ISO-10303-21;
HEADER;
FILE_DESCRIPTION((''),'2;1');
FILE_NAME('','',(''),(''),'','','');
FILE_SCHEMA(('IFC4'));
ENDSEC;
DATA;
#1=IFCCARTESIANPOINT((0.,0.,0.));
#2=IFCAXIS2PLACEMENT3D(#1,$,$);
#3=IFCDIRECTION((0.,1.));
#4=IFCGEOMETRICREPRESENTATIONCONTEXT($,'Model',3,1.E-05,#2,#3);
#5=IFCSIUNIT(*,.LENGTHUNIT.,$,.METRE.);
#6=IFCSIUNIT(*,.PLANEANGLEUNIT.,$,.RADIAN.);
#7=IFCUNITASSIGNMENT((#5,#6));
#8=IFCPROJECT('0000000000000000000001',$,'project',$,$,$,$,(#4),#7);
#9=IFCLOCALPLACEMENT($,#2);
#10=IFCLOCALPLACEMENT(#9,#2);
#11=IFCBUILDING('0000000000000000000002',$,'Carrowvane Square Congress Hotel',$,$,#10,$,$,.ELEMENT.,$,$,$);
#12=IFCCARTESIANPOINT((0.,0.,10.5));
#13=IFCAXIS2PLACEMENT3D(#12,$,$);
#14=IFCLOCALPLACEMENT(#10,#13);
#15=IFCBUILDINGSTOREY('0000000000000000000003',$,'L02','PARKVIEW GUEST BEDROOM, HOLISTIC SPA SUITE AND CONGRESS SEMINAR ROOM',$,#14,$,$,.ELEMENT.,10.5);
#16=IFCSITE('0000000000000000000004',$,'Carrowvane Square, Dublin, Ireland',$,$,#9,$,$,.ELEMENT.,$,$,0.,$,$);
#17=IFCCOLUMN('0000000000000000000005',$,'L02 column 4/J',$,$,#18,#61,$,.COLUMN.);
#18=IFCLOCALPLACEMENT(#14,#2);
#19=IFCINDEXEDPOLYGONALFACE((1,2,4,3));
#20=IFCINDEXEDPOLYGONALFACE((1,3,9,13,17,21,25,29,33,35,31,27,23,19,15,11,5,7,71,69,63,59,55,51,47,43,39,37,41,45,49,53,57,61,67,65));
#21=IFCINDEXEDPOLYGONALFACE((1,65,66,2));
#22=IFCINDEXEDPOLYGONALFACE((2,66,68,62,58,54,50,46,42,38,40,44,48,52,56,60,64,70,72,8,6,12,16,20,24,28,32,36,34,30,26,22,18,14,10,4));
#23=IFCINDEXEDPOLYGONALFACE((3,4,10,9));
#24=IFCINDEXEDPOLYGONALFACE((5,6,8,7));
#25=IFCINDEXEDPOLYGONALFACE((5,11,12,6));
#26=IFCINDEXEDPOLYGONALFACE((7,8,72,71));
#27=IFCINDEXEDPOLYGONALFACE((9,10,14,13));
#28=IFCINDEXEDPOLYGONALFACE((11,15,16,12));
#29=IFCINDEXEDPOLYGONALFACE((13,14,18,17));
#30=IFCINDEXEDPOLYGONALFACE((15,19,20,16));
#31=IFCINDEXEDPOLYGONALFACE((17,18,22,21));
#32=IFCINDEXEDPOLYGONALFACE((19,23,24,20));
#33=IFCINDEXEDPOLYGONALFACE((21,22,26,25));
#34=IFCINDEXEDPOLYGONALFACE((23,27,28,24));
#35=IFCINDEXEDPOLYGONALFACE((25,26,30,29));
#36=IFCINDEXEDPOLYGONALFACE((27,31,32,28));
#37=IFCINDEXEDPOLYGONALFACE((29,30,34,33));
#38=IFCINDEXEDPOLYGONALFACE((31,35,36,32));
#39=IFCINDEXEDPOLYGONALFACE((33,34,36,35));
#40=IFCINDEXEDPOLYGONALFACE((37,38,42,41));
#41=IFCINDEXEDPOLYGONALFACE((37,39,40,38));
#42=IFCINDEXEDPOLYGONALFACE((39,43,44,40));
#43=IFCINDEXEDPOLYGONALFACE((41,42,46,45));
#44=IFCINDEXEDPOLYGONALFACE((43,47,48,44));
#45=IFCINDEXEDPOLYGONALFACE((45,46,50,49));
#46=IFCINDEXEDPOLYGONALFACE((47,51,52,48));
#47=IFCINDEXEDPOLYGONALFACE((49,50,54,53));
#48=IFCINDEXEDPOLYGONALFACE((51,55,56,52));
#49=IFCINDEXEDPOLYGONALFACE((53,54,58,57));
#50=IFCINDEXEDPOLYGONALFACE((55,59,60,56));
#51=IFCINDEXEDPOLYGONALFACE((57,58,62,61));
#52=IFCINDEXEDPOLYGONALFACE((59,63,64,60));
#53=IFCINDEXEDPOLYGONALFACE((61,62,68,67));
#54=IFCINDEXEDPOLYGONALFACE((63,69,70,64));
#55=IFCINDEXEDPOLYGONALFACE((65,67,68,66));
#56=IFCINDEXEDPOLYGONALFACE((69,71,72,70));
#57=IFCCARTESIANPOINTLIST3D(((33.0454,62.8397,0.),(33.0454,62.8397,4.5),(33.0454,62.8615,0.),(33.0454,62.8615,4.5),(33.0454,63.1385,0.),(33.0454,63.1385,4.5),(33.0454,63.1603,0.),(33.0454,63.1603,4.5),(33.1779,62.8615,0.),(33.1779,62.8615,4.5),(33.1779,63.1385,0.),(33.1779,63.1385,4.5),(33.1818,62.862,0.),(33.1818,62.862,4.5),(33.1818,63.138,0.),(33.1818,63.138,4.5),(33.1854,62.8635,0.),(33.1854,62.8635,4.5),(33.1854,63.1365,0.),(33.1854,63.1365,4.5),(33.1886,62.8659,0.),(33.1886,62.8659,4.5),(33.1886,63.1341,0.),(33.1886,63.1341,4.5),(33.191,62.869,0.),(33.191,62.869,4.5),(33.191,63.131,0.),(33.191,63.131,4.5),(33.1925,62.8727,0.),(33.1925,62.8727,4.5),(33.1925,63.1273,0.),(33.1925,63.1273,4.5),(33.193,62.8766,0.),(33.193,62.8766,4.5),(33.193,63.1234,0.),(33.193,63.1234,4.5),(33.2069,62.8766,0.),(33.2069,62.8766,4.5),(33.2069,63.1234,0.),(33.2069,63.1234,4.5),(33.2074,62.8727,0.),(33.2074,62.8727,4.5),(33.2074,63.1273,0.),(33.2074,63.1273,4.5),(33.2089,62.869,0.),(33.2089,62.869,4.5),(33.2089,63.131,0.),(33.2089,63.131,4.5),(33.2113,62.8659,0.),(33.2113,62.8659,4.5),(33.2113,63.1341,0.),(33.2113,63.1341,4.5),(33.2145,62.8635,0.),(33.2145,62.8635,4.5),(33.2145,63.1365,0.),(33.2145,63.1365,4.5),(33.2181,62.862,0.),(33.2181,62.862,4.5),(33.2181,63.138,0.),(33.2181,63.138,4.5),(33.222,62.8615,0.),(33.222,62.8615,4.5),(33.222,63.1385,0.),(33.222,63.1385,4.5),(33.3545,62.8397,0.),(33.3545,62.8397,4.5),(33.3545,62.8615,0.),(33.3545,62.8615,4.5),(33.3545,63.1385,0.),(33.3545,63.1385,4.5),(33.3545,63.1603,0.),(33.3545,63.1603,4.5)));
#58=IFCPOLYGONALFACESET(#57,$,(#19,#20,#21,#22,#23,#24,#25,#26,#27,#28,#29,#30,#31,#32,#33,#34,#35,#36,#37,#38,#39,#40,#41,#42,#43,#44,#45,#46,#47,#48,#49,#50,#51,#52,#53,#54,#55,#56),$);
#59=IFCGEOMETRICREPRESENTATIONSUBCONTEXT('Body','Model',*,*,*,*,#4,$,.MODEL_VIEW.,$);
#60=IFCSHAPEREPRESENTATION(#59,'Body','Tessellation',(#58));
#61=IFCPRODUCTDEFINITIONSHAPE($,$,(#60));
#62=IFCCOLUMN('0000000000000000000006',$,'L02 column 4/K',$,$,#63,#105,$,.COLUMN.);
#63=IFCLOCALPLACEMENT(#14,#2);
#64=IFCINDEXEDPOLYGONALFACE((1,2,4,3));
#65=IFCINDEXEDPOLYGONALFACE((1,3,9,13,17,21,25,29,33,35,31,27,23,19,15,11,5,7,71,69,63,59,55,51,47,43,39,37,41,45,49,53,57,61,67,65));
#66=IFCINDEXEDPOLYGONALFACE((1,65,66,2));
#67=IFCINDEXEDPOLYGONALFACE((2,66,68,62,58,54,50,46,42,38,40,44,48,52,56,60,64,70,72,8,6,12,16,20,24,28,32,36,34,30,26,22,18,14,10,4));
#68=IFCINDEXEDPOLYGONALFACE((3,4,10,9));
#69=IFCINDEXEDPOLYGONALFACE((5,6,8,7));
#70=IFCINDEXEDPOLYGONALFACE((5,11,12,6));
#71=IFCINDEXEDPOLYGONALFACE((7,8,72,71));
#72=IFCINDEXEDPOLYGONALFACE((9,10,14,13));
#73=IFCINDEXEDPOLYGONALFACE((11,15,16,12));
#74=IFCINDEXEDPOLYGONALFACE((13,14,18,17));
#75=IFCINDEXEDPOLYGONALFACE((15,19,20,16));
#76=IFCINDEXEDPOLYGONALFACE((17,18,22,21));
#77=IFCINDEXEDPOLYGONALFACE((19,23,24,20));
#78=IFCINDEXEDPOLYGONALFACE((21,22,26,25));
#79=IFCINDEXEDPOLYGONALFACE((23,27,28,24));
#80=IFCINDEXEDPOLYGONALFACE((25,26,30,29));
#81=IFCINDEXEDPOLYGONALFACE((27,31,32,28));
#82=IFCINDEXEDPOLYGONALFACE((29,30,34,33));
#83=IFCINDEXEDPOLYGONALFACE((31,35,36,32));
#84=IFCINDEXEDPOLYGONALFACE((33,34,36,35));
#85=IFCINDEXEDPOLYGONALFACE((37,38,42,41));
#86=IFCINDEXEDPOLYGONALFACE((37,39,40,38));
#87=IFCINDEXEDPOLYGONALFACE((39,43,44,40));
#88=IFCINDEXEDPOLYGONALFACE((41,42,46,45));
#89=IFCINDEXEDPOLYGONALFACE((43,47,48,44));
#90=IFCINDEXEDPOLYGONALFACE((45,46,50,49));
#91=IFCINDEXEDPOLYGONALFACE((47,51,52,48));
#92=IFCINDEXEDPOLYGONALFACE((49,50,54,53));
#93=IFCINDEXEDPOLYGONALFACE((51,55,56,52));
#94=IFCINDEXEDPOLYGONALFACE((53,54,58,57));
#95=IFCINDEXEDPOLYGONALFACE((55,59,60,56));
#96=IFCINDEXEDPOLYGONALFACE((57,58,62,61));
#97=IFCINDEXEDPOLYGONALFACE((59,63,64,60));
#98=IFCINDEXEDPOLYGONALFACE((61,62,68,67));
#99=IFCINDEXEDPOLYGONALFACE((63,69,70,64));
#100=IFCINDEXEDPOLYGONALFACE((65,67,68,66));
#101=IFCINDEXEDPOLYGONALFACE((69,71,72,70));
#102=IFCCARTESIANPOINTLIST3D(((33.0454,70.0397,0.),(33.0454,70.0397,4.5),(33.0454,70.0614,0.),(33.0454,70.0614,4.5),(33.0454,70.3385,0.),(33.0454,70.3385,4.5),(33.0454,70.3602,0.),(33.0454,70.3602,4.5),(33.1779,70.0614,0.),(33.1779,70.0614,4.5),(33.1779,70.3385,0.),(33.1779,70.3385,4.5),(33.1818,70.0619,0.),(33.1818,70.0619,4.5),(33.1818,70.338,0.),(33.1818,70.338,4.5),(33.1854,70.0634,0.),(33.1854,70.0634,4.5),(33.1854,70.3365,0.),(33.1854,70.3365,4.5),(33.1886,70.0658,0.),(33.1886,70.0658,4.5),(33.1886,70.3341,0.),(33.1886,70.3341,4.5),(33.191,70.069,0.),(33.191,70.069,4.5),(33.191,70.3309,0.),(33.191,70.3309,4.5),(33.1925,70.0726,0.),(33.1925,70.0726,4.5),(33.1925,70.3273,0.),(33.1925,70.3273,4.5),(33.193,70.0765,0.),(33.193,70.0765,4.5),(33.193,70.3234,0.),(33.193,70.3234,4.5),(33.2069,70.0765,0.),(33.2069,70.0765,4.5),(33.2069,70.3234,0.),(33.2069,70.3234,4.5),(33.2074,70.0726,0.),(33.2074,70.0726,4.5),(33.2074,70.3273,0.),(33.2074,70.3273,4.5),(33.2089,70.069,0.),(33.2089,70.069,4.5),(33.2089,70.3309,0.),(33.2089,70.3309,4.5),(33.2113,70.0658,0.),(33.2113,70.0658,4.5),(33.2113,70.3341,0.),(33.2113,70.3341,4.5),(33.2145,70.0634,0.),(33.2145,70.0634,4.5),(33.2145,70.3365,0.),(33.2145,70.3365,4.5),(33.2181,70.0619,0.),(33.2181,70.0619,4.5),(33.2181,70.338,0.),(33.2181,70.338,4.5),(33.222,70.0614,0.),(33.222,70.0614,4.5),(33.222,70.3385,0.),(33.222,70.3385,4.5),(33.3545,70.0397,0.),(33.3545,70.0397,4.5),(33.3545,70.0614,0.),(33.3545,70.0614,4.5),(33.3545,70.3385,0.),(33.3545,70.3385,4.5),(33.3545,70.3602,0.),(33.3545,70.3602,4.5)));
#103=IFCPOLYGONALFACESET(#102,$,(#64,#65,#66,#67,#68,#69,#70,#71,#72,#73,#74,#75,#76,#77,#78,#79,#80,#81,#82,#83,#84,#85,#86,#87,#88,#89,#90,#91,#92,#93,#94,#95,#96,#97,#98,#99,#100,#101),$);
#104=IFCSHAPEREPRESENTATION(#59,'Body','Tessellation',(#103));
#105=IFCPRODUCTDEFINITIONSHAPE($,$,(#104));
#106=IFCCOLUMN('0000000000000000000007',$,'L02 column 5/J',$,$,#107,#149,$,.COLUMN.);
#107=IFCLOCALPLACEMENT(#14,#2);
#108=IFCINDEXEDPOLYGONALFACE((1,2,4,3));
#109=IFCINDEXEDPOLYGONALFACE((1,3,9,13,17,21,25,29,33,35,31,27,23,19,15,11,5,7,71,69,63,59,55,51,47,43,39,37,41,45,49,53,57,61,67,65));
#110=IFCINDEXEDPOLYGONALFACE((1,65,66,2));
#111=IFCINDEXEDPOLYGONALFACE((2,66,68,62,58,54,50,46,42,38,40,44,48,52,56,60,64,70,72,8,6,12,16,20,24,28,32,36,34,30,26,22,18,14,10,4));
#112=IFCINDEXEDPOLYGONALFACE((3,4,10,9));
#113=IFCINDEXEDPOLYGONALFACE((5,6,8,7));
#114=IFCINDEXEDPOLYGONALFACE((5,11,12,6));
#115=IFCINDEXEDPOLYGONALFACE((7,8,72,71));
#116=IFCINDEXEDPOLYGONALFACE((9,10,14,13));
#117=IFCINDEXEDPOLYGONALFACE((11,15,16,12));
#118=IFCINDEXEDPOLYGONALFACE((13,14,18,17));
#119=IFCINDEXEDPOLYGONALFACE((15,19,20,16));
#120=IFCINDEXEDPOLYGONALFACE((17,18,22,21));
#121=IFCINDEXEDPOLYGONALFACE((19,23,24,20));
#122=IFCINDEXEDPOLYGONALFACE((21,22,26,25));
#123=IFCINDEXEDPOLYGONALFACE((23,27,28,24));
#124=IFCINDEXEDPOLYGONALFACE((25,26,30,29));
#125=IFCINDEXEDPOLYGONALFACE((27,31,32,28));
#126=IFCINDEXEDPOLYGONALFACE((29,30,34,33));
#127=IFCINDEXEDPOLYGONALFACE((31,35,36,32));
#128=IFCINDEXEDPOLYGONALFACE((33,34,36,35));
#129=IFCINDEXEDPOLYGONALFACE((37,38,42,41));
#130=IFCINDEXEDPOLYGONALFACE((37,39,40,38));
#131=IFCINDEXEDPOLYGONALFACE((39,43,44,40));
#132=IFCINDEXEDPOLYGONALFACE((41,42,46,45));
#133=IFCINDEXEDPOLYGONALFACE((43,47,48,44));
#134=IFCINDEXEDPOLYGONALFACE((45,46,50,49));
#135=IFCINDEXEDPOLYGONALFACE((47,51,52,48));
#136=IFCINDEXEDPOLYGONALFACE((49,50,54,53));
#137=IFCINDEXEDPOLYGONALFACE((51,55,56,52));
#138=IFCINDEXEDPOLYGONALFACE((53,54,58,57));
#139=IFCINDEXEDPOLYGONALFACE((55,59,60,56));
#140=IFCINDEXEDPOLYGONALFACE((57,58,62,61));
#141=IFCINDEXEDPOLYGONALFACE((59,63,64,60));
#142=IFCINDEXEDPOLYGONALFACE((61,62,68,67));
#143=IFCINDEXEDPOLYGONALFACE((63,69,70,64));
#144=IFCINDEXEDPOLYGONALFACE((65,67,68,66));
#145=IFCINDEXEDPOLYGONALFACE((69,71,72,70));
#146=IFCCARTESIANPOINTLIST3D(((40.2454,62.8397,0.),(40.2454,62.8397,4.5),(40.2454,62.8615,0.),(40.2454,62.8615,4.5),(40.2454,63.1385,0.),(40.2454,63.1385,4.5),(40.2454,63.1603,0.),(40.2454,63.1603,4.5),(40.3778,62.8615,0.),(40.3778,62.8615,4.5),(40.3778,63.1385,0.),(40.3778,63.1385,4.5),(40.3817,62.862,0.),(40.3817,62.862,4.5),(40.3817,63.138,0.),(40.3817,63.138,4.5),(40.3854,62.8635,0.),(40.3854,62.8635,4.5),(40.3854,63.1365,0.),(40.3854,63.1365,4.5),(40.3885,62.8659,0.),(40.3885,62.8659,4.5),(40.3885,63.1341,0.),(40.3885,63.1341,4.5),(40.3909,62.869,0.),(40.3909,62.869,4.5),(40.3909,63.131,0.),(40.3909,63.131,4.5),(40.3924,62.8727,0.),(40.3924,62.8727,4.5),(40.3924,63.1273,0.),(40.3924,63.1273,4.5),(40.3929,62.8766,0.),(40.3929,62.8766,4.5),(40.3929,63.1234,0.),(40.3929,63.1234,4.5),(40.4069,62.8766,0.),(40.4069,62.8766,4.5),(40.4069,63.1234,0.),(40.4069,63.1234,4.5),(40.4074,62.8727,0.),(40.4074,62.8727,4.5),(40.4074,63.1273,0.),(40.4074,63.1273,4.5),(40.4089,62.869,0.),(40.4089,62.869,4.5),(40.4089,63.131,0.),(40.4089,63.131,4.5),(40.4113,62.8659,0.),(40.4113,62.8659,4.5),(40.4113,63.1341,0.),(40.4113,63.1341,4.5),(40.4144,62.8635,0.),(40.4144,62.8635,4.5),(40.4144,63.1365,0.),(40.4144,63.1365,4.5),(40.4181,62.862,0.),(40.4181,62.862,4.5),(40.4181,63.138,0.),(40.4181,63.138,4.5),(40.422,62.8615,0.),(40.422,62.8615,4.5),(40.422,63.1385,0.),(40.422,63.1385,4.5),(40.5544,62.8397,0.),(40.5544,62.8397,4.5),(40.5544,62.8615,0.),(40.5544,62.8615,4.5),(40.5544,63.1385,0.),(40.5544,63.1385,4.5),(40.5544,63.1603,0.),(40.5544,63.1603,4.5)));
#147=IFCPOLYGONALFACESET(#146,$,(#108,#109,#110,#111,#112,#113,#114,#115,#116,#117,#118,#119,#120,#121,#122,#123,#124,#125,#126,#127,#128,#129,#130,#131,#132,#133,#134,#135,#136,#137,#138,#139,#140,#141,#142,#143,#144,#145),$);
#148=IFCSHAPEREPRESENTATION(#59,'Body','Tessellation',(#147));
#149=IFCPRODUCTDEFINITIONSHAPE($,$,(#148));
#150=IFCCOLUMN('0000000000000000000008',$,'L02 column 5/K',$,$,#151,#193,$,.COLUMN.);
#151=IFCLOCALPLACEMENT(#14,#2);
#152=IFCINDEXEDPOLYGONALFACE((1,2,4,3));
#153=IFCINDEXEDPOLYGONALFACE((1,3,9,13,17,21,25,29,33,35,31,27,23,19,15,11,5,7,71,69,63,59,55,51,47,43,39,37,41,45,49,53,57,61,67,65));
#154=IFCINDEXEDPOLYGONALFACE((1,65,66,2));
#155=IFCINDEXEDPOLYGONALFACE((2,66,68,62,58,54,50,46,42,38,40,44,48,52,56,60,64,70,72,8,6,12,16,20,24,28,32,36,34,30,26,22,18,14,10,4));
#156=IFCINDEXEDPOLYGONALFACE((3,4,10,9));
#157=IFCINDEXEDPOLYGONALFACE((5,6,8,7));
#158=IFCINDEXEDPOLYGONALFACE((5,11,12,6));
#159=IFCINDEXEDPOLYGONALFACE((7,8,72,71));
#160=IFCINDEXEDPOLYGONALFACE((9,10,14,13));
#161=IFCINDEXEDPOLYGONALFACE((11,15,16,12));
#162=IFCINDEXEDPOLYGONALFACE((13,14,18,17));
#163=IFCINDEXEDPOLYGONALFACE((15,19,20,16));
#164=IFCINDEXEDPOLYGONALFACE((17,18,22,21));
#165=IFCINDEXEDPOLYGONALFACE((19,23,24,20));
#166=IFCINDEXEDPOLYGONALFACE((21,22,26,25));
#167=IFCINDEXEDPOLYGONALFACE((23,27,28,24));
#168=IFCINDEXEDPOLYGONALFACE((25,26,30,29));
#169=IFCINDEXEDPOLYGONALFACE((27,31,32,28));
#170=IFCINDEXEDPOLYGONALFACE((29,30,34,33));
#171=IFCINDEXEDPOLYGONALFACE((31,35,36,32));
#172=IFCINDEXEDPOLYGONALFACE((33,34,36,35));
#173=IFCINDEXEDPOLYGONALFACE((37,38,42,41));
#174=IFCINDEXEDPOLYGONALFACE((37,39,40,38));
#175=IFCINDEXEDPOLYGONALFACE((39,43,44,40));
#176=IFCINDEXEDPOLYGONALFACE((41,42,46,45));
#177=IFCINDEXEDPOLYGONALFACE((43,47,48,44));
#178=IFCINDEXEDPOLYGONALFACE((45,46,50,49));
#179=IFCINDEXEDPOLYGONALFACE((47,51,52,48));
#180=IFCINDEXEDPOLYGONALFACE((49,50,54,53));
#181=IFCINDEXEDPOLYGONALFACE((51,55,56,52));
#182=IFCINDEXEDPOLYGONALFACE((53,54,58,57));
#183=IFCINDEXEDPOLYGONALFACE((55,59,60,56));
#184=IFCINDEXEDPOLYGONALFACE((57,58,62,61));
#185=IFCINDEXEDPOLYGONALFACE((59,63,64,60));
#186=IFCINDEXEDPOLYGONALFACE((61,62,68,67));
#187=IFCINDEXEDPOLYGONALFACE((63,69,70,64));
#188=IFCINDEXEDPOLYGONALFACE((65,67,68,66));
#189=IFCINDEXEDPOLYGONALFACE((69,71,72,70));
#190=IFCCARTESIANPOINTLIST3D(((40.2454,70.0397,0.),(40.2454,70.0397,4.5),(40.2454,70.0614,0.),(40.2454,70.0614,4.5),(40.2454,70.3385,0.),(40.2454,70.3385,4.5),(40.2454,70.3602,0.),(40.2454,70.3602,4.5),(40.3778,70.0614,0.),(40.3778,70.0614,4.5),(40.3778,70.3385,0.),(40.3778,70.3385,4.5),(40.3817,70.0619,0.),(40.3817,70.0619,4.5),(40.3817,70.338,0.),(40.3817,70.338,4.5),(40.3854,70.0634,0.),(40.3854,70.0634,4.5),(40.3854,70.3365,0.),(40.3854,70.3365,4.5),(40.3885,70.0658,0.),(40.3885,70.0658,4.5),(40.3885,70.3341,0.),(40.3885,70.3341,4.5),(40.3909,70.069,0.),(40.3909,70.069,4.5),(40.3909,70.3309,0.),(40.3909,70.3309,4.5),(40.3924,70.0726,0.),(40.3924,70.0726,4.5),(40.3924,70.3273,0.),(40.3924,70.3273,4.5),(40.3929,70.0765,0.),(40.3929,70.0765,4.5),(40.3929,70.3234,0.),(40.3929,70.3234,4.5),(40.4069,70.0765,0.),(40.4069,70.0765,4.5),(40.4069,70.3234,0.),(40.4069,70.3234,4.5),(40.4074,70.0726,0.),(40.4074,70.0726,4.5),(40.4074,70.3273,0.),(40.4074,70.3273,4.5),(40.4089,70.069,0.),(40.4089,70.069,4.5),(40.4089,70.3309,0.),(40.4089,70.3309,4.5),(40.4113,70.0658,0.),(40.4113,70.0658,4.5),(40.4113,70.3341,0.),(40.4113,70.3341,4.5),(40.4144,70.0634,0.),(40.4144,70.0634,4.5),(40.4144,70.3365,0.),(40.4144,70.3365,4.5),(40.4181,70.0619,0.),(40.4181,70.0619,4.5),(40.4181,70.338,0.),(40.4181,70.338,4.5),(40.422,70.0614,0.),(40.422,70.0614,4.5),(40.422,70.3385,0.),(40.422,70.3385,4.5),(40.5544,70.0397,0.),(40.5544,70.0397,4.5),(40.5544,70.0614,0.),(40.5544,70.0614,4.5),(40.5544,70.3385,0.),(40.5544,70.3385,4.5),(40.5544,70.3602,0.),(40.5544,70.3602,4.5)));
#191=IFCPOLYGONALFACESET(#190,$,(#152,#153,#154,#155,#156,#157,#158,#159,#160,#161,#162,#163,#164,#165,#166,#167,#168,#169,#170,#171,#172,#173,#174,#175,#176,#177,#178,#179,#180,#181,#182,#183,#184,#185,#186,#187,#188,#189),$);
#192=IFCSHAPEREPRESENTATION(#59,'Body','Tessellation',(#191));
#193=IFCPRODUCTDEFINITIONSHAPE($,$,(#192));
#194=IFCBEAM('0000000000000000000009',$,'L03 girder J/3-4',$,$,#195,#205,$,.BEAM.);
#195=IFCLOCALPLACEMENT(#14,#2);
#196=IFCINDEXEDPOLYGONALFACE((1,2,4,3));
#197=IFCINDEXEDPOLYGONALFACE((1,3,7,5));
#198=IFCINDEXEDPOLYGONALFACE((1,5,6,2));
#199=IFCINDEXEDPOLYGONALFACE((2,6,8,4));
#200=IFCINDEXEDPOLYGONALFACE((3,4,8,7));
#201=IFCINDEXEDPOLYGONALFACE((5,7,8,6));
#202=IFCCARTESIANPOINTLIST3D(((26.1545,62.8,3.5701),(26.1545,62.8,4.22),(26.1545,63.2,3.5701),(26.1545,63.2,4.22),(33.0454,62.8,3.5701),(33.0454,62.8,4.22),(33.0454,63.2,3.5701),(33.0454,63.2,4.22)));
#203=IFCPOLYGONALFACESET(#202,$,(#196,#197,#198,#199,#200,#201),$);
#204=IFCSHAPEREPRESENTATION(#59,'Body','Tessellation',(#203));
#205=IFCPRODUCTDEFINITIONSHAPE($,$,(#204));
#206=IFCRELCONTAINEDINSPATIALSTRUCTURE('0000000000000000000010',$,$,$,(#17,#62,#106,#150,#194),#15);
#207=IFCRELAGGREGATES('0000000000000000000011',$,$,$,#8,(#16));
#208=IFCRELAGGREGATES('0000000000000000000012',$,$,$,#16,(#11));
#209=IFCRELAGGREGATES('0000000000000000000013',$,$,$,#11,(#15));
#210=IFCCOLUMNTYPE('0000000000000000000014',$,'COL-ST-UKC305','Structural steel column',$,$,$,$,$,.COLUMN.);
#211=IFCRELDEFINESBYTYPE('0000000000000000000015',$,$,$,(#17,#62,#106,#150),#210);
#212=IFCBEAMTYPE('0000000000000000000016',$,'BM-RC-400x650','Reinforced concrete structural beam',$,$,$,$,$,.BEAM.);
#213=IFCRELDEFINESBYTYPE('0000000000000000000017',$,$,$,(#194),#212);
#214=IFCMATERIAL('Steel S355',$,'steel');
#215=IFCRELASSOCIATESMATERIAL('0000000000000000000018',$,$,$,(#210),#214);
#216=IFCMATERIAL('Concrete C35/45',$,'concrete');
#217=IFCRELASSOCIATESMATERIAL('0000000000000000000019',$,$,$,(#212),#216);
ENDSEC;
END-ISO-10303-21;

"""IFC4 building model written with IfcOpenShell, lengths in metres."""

from ifc_helpers import new_model, si_unit, direction, frame, origin, origin_2d, place, context, subcontext, project, spatial, rectangle, i_section, extrude, material, material_profile, profile_set, type_object, element, save


model = new_model("IFC4")

# Units and contexts
model_context = context("Model", 3, precision=1e-05, world=origin(), true_north=direction((0.0, 1.0)))
body_context = subcontext(model_context, "Body", "Model", "MODEL_VIEW")
ifc_project = project(units=[si_unit("LENGTHUNIT", "METRE"), si_unit("PLANEANGLEUNIT", "RADIAN")], contexts=[model_context])

# Site, building, storey
site_placement = place(None, origin())
site = spatial("IfcSite", under=ifc_project, at=site_placement, Name="Carrowvane Square, Dublin, Ireland", CompositionType="ELEMENT", RefElevation=0.0)
building_placement = place(site_placement, origin())
building = spatial("IfcBuilding", under=site, at=building_placement, Name="Carrowvane Square Congress Hotel", CompositionType="ELEMENT")
storey_placement = place(building_placement, frame((0.0, 0.0, 10.5)))
storey = spatial("IfcBuildingStorey", under=building, at=storey_placement, Name="L02", Description="PARKVIEW GUEST BEDROOM, HOLISTIC SPA SUITE AND CONGRESS SEMINAR ROOM", CompositionType="ELEMENT", Elevation=10.5)

# Columns
ifc_material_1 = material(Name="Steel S355", Category="steel")
ifc_material_profile_1 = material_profile(ifc_material_1, i_section(OverallWidth=0.3091, OverallDepth=0.3206, WebThickness=0.0139, FlangeThickness=0.0217, FilletRadius=0.0151, at=origin_2d()), Name="UKC 305x305x137")
ifc_profile_set_1 = profile_set([ifc_material_profile_1], Name="Steel S355")
column_type = type_object("IfcColumnType", Name="COL-ST-UKC305", Description="Structural steel column", PredefinedType="COLUMN", material=ifc_profile_set_1)
for number, where, z_axis, x_axis, name in (
    (1, (33.2, 63.0, 0.0), (0.0, 0.0, 1.0), (1.0, 0.0, 0.0), "L02 column 4/J"),
    (2, (33.2, 70.2, 0.0), (0.0, 0.0, 1.0), (1.0, 0.0, 0.0), "L02 column 4/K"),
    (3, (40.3999, 63.0, 0.0), (0.0, 0.0, 1.0), (1.0, 0.0, 0.0), "L02 column 5/J"),
    (4, (40.3999, 70.2, 0.0), (0.0, 0.0, 1.0), (1.0, 0.0, 0.0), "L02 column 5/K"),
):
    element("IfcColumn", number, at=place(storey_placement, frame(where, z_axis=z_axis, x_axis=x_axis)), inside=storey, type_object=column_type, Name=name, PredefinedType="COLUMN", context=body_context, shape_type="SweptSolid", body=[
        extrude(i_section(OverallWidth=0.3091, OverallDepth=0.3206, WebThickness=0.0139, FlangeThickness=0.0217, FilletRadius=0.0151, at=origin_2d()), origin(), (0.0, 0.0, 1.0), 4.5),
    ])

# Beam
ifc_material_2 = material(Name="Concrete C35/45", Category="concrete")
ifc_material_profile_2 = material_profile(ifc_material_2, rectangle(XDim=0.3999, YDim=0.6499, at=origin_2d()), Name="RC 400x650")
ifc_profile_set_2 = profile_set([ifc_material_profile_2], Name="Concrete C35/45")
beam_type_1 = type_object("IfcBeamType", Name="BM-RC-400x650", Description="Reinforced concrete structural beam", PredefinedType="BEAM", material=ifc_profile_set_2)
for number, where, z_axis, x_axis, name in (
    (5, (26.1545, 63.0, 3.895), (1.0, 0.0, 0.0), (0.0, 1.0, 0.0), "L03 girder J/3-4"),
):
    element("IfcBeam", number, at=place(storey_placement, frame(where, z_axis=z_axis, x_axis=x_axis)), inside=storey, type_object=beam_type_1, Name=name, PredefinedType="BEAM", context=body_context, shape_type="SweptSolid", body=[
        extrude(rectangle(XDim=0.3999, YDim=0.6499, at=origin_2d()), origin(), (0.0, 0.0, 1.0), 6.8909),
    ])

save(model, "model.ifc")
